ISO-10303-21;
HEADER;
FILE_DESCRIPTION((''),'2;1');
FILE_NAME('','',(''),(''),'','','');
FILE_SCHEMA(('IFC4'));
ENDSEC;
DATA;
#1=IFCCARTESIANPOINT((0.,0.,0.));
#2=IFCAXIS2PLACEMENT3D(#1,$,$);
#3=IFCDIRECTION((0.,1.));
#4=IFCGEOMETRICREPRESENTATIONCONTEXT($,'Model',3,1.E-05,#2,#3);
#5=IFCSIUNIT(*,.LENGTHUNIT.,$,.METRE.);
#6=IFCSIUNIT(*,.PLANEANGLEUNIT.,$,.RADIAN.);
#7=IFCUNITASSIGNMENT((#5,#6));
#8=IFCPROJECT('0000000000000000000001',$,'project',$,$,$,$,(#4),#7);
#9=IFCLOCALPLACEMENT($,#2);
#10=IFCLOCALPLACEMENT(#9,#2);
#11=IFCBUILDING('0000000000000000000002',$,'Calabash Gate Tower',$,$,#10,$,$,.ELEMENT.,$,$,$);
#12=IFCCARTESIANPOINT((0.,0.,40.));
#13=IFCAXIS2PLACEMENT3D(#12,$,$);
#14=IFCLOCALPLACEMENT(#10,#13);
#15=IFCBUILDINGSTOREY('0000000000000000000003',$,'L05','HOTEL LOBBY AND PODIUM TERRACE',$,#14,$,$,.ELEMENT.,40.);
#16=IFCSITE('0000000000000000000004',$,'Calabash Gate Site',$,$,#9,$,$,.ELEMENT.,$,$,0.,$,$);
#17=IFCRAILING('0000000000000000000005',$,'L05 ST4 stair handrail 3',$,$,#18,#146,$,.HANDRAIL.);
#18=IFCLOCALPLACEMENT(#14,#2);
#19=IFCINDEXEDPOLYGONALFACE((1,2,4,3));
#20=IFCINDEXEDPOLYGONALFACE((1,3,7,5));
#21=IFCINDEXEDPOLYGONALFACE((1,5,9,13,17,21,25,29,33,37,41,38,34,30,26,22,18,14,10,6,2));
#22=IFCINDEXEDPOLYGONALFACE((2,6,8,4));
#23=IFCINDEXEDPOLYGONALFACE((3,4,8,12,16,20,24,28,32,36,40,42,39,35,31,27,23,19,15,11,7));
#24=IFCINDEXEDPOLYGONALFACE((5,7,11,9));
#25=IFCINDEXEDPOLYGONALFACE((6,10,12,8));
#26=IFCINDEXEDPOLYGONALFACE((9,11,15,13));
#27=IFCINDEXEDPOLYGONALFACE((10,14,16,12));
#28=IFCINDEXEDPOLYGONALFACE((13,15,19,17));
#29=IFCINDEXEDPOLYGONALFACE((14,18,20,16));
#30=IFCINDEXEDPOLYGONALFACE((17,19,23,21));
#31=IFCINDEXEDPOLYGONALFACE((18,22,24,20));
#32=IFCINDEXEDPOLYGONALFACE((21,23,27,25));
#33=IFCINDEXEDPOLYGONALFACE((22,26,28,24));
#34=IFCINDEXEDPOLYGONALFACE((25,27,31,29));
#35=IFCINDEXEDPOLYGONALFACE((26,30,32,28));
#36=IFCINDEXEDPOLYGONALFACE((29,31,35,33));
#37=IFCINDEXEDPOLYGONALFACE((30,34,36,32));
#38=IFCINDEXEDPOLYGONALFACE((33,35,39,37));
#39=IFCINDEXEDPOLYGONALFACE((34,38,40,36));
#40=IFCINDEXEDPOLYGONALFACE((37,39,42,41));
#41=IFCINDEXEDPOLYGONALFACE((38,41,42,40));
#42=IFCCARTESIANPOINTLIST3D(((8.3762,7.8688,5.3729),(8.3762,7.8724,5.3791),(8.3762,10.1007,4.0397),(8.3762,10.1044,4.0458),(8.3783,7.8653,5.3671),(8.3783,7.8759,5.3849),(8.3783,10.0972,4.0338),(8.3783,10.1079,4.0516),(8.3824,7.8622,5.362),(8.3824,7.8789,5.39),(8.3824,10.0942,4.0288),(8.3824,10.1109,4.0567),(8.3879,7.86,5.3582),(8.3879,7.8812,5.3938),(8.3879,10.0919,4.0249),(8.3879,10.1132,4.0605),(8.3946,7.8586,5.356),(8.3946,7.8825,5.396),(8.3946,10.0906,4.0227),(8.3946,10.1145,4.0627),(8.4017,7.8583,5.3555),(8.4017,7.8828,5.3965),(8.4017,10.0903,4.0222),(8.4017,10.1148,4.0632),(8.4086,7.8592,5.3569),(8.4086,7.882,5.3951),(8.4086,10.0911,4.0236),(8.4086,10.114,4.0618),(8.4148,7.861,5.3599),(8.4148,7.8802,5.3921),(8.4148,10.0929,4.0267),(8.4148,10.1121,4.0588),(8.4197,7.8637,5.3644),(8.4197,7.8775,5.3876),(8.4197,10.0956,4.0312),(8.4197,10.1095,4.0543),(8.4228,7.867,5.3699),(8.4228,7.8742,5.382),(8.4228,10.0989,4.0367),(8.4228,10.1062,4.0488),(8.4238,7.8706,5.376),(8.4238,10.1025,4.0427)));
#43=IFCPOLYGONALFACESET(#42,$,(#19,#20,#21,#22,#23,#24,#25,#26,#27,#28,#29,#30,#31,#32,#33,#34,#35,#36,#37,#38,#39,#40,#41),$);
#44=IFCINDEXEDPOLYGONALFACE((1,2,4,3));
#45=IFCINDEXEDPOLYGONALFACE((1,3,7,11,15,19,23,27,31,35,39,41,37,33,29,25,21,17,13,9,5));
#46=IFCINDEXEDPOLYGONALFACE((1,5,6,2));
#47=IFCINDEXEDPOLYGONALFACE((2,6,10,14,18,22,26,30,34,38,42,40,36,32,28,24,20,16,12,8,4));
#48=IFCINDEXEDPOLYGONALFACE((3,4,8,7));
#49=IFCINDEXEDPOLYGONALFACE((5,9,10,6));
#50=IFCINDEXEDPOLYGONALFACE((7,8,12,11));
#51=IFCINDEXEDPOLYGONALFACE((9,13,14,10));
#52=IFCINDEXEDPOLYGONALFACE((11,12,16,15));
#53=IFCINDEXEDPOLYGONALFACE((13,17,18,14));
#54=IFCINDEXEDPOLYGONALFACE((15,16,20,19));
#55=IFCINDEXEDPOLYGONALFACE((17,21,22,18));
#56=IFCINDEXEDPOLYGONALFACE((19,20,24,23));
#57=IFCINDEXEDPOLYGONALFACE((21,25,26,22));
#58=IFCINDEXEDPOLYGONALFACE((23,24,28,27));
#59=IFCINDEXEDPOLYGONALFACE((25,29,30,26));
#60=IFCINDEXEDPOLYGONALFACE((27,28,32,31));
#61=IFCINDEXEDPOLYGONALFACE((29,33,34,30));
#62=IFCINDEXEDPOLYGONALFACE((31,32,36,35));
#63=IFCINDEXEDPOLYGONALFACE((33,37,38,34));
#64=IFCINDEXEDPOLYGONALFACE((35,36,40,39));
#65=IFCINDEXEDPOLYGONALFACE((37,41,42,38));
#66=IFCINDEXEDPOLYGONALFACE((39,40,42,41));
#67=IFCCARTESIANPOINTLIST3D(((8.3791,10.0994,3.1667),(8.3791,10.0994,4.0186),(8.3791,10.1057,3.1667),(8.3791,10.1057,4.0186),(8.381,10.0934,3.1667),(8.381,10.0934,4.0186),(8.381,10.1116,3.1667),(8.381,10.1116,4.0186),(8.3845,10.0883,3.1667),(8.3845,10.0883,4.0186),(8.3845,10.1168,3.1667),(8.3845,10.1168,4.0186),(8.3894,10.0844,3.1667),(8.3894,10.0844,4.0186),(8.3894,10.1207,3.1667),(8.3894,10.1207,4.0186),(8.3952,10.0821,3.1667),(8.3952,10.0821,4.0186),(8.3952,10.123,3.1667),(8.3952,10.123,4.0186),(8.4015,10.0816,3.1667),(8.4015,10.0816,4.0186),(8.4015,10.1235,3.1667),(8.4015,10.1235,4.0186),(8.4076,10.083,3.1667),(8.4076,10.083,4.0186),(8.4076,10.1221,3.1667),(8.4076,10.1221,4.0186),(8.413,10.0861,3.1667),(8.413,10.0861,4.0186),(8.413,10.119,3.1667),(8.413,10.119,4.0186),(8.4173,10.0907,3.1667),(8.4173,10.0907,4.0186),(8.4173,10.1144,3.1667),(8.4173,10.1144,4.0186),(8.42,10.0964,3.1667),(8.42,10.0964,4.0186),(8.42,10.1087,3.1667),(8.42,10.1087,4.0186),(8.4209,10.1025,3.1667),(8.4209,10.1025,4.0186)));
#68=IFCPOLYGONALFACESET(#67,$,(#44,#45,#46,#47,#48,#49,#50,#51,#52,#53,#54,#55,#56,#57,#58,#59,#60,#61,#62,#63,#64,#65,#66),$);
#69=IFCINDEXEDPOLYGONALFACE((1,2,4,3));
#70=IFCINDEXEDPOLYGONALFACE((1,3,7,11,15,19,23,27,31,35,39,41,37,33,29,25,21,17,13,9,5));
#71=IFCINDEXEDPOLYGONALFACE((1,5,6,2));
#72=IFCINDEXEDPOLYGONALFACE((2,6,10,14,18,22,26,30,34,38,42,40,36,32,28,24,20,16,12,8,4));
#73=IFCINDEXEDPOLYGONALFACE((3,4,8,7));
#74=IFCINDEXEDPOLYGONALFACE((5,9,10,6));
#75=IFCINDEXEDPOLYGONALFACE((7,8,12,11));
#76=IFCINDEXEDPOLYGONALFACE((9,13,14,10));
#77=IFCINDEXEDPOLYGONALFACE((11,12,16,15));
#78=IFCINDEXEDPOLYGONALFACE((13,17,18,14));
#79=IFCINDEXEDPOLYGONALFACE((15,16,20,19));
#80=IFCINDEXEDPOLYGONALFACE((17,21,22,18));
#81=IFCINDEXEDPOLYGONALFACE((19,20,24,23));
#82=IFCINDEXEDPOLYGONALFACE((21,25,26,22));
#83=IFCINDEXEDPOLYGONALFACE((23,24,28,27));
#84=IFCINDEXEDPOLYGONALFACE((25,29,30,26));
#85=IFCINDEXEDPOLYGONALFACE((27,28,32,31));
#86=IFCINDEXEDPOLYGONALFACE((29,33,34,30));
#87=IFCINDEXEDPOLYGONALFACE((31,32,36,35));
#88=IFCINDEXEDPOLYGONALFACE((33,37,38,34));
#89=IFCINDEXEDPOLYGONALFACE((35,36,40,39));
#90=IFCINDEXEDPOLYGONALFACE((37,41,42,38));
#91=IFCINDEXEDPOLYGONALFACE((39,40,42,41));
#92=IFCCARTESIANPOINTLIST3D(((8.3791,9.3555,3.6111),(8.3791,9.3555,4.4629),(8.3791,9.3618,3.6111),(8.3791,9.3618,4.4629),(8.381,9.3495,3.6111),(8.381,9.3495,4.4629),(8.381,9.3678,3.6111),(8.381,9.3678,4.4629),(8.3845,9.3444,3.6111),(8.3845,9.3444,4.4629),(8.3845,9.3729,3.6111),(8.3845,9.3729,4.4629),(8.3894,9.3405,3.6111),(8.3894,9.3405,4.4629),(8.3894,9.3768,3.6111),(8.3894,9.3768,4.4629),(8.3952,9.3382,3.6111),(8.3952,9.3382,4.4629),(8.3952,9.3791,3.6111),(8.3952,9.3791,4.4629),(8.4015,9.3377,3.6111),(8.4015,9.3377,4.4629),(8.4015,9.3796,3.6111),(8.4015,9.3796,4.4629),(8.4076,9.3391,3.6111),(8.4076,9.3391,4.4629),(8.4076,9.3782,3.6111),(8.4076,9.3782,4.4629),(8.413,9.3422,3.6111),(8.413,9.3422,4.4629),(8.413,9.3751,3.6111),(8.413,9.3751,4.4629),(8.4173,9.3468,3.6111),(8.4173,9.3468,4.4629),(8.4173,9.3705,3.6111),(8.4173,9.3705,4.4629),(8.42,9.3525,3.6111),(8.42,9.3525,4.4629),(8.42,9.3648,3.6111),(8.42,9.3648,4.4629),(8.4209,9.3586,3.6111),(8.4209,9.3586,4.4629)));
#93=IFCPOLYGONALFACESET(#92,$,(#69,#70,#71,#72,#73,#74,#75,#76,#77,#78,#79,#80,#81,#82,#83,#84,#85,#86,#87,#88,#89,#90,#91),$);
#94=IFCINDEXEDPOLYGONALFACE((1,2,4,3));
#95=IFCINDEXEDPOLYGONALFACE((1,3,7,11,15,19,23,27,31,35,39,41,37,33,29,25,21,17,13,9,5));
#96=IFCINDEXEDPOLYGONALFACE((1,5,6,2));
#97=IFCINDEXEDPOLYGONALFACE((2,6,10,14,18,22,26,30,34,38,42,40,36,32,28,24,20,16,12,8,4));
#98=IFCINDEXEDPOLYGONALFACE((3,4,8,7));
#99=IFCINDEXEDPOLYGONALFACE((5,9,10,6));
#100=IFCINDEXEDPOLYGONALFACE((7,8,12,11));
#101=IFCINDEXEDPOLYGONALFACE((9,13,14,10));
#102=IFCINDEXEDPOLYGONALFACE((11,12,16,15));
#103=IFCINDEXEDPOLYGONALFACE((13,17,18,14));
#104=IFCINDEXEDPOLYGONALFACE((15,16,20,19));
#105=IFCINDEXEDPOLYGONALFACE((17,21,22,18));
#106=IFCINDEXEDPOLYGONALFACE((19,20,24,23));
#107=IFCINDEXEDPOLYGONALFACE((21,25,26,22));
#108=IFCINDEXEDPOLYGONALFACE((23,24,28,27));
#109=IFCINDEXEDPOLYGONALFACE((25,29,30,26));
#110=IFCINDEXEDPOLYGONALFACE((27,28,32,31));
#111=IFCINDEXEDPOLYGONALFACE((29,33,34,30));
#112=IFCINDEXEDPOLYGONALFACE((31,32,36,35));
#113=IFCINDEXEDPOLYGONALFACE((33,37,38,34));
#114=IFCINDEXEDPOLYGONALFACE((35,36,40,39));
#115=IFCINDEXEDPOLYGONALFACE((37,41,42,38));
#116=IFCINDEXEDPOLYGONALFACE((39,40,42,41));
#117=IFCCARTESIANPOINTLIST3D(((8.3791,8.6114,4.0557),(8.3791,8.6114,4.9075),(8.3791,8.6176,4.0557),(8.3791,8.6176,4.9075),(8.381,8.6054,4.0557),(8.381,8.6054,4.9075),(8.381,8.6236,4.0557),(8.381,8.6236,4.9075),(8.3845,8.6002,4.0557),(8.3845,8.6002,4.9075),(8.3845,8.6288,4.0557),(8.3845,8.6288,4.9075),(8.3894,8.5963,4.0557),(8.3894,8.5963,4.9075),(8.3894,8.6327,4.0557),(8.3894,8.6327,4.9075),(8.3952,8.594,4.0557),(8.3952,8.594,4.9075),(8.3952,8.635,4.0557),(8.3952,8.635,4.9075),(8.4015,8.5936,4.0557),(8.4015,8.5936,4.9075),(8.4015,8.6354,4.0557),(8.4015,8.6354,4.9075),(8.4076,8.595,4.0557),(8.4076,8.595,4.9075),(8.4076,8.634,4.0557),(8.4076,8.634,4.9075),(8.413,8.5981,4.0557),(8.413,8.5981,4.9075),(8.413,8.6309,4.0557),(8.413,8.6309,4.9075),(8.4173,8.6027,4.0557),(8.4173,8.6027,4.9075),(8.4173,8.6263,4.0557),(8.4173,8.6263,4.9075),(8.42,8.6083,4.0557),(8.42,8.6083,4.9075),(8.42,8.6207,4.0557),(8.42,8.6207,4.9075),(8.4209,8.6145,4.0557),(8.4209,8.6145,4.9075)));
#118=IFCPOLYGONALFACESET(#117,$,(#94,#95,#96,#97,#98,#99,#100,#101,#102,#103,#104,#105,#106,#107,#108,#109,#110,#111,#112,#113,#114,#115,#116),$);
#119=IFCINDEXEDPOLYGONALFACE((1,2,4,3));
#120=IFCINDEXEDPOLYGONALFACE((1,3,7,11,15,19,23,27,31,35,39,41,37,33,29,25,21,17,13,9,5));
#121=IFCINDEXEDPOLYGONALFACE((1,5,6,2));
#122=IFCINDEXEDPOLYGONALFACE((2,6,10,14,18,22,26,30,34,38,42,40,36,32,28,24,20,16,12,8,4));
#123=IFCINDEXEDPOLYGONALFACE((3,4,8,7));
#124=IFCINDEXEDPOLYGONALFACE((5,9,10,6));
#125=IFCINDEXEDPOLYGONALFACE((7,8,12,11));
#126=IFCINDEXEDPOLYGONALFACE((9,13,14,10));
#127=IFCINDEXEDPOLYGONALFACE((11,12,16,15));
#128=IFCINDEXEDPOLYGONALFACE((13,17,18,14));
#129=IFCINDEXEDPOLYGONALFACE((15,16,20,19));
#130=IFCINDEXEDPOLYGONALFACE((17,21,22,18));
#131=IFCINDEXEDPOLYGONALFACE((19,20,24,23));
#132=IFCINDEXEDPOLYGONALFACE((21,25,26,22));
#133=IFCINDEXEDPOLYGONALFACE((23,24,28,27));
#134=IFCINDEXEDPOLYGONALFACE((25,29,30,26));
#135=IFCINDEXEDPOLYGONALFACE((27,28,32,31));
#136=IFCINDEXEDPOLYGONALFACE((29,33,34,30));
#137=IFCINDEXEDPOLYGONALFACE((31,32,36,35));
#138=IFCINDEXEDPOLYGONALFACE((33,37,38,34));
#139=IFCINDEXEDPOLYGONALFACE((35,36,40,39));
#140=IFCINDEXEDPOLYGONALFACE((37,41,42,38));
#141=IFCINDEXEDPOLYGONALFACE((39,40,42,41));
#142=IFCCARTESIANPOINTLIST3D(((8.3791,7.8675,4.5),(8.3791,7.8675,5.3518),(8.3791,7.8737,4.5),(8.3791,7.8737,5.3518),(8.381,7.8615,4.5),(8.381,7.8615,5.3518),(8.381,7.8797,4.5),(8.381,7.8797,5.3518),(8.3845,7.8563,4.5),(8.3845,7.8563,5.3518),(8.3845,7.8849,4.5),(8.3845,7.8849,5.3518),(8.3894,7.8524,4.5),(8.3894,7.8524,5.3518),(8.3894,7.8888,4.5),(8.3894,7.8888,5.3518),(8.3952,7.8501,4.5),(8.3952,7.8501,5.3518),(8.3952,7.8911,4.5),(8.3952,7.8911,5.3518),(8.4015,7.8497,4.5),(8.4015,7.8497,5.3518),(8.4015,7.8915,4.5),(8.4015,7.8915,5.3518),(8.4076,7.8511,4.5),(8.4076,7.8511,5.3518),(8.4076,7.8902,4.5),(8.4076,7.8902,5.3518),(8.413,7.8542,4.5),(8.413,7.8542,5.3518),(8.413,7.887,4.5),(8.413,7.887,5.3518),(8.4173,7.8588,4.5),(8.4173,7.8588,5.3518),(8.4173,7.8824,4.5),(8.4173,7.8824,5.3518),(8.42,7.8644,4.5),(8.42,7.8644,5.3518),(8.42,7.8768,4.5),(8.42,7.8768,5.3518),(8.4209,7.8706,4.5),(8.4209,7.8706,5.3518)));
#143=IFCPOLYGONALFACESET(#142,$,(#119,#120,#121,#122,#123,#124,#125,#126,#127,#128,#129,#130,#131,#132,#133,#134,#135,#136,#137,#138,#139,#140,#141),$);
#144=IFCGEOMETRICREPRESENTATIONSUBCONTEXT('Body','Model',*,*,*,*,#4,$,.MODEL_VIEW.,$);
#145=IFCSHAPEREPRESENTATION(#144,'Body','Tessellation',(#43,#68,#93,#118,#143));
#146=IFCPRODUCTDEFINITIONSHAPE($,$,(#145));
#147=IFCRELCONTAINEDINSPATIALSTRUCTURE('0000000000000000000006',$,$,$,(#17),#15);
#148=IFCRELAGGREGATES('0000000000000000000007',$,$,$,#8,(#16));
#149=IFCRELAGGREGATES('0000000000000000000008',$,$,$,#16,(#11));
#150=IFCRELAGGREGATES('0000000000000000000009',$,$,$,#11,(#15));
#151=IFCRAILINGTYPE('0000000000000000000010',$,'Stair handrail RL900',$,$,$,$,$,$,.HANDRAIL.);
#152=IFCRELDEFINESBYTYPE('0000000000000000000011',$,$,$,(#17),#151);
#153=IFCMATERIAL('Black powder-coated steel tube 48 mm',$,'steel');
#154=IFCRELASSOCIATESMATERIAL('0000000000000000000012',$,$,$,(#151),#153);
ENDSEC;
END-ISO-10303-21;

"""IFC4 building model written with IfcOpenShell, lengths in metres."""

from ifc_helpers import new_model, si_unit, direction, frame, origin, origin_2d, place, context, subcontext, project, spatial, circle, extrude, material, type_object, element, save


model = new_model("IFC4")

# Units and contexts
model_context = context("Model", 3, precision=1e-05, world=origin(), true_north=direction((0.0, 1.0)))
body_context = subcontext(model_context, "Body", "Model", "MODEL_VIEW")
ifc_project = project(units=[si_unit("LENGTHUNIT", "METRE"), si_unit("PLANEANGLEUNIT", "RADIAN")], contexts=[model_context])

# Site, building, storey
site_placement = place(None, origin())
site = spatial("IfcSite", under=ifc_project, at=site_placement, Name="Calabash Gate Site", CompositionType="ELEMENT", RefElevation=0.0)
building_placement = place(site_placement, origin())
building = spatial("IfcBuilding", under=site, at=building_placement, Name="Calabash Gate Tower", CompositionType="ELEMENT")
storey_placement = place(building_placement, frame((0.0, 0.0, 40.0)))
storey = spatial("IfcBuildingStorey", under=building, at=storey_placement, Name="L05", Description="HOTEL LOBBY AND PODIUM TERRACE", CompositionType="ELEMENT", Elevation=40.0)

# Railing
ifc_material_1 = material(Name="Black powder-coated steel tube 48 mm", Category="steel")
railing_type_1 = type_object("IfcRailingType", Name="Stair handrail RL900", PredefinedType="HANDRAIL", material=ifc_material_1)
for number, where, name in (
    (1, (8.3999, 10.1025, 3.1667), "L05 ST4 stair handrail 3"),
):
    element("IfcRailing", number, at=place(storey_placement, frame(where)), inside=storey, type_object=railing_type_1, Name=name, PredefinedType="HANDRAIL", context=body_context, shape_type="SweptSolid", body=[
        extrude(circle(Radius=0.0239, at=origin_2d()), frame((0.0, 0.0, 0.876), z_axis=(0.0, -0.858494, 0.512824), x_axis=(1.0, 0.0, 0.0)), (0.0, 0.0, 1.0), 2.5999),
        extrude(circle(Radius=0.021, at=origin_2d()), origin(), (0.0, 0.0, 1.0), 0.8518),
        extrude(circle(Radius=0.021, at=origin_2d()), frame((0.0, -0.7439, 0.4443)), (0.0, 0.0, 1.0), 0.8518),
        extrude(circle(Radius=0.021, at=origin_2d()), frame((0.0, -1.488, 0.8889)), (0.0, 0.0, 1.0), 0.8518),
        extrude(circle(Radius=0.021, at=origin_2d()), frame((0.0, -2.2319, 1.3333)), (0.0, 0.0, 1.0), 0.8518),
    ])

save(model, "model.ifc")
